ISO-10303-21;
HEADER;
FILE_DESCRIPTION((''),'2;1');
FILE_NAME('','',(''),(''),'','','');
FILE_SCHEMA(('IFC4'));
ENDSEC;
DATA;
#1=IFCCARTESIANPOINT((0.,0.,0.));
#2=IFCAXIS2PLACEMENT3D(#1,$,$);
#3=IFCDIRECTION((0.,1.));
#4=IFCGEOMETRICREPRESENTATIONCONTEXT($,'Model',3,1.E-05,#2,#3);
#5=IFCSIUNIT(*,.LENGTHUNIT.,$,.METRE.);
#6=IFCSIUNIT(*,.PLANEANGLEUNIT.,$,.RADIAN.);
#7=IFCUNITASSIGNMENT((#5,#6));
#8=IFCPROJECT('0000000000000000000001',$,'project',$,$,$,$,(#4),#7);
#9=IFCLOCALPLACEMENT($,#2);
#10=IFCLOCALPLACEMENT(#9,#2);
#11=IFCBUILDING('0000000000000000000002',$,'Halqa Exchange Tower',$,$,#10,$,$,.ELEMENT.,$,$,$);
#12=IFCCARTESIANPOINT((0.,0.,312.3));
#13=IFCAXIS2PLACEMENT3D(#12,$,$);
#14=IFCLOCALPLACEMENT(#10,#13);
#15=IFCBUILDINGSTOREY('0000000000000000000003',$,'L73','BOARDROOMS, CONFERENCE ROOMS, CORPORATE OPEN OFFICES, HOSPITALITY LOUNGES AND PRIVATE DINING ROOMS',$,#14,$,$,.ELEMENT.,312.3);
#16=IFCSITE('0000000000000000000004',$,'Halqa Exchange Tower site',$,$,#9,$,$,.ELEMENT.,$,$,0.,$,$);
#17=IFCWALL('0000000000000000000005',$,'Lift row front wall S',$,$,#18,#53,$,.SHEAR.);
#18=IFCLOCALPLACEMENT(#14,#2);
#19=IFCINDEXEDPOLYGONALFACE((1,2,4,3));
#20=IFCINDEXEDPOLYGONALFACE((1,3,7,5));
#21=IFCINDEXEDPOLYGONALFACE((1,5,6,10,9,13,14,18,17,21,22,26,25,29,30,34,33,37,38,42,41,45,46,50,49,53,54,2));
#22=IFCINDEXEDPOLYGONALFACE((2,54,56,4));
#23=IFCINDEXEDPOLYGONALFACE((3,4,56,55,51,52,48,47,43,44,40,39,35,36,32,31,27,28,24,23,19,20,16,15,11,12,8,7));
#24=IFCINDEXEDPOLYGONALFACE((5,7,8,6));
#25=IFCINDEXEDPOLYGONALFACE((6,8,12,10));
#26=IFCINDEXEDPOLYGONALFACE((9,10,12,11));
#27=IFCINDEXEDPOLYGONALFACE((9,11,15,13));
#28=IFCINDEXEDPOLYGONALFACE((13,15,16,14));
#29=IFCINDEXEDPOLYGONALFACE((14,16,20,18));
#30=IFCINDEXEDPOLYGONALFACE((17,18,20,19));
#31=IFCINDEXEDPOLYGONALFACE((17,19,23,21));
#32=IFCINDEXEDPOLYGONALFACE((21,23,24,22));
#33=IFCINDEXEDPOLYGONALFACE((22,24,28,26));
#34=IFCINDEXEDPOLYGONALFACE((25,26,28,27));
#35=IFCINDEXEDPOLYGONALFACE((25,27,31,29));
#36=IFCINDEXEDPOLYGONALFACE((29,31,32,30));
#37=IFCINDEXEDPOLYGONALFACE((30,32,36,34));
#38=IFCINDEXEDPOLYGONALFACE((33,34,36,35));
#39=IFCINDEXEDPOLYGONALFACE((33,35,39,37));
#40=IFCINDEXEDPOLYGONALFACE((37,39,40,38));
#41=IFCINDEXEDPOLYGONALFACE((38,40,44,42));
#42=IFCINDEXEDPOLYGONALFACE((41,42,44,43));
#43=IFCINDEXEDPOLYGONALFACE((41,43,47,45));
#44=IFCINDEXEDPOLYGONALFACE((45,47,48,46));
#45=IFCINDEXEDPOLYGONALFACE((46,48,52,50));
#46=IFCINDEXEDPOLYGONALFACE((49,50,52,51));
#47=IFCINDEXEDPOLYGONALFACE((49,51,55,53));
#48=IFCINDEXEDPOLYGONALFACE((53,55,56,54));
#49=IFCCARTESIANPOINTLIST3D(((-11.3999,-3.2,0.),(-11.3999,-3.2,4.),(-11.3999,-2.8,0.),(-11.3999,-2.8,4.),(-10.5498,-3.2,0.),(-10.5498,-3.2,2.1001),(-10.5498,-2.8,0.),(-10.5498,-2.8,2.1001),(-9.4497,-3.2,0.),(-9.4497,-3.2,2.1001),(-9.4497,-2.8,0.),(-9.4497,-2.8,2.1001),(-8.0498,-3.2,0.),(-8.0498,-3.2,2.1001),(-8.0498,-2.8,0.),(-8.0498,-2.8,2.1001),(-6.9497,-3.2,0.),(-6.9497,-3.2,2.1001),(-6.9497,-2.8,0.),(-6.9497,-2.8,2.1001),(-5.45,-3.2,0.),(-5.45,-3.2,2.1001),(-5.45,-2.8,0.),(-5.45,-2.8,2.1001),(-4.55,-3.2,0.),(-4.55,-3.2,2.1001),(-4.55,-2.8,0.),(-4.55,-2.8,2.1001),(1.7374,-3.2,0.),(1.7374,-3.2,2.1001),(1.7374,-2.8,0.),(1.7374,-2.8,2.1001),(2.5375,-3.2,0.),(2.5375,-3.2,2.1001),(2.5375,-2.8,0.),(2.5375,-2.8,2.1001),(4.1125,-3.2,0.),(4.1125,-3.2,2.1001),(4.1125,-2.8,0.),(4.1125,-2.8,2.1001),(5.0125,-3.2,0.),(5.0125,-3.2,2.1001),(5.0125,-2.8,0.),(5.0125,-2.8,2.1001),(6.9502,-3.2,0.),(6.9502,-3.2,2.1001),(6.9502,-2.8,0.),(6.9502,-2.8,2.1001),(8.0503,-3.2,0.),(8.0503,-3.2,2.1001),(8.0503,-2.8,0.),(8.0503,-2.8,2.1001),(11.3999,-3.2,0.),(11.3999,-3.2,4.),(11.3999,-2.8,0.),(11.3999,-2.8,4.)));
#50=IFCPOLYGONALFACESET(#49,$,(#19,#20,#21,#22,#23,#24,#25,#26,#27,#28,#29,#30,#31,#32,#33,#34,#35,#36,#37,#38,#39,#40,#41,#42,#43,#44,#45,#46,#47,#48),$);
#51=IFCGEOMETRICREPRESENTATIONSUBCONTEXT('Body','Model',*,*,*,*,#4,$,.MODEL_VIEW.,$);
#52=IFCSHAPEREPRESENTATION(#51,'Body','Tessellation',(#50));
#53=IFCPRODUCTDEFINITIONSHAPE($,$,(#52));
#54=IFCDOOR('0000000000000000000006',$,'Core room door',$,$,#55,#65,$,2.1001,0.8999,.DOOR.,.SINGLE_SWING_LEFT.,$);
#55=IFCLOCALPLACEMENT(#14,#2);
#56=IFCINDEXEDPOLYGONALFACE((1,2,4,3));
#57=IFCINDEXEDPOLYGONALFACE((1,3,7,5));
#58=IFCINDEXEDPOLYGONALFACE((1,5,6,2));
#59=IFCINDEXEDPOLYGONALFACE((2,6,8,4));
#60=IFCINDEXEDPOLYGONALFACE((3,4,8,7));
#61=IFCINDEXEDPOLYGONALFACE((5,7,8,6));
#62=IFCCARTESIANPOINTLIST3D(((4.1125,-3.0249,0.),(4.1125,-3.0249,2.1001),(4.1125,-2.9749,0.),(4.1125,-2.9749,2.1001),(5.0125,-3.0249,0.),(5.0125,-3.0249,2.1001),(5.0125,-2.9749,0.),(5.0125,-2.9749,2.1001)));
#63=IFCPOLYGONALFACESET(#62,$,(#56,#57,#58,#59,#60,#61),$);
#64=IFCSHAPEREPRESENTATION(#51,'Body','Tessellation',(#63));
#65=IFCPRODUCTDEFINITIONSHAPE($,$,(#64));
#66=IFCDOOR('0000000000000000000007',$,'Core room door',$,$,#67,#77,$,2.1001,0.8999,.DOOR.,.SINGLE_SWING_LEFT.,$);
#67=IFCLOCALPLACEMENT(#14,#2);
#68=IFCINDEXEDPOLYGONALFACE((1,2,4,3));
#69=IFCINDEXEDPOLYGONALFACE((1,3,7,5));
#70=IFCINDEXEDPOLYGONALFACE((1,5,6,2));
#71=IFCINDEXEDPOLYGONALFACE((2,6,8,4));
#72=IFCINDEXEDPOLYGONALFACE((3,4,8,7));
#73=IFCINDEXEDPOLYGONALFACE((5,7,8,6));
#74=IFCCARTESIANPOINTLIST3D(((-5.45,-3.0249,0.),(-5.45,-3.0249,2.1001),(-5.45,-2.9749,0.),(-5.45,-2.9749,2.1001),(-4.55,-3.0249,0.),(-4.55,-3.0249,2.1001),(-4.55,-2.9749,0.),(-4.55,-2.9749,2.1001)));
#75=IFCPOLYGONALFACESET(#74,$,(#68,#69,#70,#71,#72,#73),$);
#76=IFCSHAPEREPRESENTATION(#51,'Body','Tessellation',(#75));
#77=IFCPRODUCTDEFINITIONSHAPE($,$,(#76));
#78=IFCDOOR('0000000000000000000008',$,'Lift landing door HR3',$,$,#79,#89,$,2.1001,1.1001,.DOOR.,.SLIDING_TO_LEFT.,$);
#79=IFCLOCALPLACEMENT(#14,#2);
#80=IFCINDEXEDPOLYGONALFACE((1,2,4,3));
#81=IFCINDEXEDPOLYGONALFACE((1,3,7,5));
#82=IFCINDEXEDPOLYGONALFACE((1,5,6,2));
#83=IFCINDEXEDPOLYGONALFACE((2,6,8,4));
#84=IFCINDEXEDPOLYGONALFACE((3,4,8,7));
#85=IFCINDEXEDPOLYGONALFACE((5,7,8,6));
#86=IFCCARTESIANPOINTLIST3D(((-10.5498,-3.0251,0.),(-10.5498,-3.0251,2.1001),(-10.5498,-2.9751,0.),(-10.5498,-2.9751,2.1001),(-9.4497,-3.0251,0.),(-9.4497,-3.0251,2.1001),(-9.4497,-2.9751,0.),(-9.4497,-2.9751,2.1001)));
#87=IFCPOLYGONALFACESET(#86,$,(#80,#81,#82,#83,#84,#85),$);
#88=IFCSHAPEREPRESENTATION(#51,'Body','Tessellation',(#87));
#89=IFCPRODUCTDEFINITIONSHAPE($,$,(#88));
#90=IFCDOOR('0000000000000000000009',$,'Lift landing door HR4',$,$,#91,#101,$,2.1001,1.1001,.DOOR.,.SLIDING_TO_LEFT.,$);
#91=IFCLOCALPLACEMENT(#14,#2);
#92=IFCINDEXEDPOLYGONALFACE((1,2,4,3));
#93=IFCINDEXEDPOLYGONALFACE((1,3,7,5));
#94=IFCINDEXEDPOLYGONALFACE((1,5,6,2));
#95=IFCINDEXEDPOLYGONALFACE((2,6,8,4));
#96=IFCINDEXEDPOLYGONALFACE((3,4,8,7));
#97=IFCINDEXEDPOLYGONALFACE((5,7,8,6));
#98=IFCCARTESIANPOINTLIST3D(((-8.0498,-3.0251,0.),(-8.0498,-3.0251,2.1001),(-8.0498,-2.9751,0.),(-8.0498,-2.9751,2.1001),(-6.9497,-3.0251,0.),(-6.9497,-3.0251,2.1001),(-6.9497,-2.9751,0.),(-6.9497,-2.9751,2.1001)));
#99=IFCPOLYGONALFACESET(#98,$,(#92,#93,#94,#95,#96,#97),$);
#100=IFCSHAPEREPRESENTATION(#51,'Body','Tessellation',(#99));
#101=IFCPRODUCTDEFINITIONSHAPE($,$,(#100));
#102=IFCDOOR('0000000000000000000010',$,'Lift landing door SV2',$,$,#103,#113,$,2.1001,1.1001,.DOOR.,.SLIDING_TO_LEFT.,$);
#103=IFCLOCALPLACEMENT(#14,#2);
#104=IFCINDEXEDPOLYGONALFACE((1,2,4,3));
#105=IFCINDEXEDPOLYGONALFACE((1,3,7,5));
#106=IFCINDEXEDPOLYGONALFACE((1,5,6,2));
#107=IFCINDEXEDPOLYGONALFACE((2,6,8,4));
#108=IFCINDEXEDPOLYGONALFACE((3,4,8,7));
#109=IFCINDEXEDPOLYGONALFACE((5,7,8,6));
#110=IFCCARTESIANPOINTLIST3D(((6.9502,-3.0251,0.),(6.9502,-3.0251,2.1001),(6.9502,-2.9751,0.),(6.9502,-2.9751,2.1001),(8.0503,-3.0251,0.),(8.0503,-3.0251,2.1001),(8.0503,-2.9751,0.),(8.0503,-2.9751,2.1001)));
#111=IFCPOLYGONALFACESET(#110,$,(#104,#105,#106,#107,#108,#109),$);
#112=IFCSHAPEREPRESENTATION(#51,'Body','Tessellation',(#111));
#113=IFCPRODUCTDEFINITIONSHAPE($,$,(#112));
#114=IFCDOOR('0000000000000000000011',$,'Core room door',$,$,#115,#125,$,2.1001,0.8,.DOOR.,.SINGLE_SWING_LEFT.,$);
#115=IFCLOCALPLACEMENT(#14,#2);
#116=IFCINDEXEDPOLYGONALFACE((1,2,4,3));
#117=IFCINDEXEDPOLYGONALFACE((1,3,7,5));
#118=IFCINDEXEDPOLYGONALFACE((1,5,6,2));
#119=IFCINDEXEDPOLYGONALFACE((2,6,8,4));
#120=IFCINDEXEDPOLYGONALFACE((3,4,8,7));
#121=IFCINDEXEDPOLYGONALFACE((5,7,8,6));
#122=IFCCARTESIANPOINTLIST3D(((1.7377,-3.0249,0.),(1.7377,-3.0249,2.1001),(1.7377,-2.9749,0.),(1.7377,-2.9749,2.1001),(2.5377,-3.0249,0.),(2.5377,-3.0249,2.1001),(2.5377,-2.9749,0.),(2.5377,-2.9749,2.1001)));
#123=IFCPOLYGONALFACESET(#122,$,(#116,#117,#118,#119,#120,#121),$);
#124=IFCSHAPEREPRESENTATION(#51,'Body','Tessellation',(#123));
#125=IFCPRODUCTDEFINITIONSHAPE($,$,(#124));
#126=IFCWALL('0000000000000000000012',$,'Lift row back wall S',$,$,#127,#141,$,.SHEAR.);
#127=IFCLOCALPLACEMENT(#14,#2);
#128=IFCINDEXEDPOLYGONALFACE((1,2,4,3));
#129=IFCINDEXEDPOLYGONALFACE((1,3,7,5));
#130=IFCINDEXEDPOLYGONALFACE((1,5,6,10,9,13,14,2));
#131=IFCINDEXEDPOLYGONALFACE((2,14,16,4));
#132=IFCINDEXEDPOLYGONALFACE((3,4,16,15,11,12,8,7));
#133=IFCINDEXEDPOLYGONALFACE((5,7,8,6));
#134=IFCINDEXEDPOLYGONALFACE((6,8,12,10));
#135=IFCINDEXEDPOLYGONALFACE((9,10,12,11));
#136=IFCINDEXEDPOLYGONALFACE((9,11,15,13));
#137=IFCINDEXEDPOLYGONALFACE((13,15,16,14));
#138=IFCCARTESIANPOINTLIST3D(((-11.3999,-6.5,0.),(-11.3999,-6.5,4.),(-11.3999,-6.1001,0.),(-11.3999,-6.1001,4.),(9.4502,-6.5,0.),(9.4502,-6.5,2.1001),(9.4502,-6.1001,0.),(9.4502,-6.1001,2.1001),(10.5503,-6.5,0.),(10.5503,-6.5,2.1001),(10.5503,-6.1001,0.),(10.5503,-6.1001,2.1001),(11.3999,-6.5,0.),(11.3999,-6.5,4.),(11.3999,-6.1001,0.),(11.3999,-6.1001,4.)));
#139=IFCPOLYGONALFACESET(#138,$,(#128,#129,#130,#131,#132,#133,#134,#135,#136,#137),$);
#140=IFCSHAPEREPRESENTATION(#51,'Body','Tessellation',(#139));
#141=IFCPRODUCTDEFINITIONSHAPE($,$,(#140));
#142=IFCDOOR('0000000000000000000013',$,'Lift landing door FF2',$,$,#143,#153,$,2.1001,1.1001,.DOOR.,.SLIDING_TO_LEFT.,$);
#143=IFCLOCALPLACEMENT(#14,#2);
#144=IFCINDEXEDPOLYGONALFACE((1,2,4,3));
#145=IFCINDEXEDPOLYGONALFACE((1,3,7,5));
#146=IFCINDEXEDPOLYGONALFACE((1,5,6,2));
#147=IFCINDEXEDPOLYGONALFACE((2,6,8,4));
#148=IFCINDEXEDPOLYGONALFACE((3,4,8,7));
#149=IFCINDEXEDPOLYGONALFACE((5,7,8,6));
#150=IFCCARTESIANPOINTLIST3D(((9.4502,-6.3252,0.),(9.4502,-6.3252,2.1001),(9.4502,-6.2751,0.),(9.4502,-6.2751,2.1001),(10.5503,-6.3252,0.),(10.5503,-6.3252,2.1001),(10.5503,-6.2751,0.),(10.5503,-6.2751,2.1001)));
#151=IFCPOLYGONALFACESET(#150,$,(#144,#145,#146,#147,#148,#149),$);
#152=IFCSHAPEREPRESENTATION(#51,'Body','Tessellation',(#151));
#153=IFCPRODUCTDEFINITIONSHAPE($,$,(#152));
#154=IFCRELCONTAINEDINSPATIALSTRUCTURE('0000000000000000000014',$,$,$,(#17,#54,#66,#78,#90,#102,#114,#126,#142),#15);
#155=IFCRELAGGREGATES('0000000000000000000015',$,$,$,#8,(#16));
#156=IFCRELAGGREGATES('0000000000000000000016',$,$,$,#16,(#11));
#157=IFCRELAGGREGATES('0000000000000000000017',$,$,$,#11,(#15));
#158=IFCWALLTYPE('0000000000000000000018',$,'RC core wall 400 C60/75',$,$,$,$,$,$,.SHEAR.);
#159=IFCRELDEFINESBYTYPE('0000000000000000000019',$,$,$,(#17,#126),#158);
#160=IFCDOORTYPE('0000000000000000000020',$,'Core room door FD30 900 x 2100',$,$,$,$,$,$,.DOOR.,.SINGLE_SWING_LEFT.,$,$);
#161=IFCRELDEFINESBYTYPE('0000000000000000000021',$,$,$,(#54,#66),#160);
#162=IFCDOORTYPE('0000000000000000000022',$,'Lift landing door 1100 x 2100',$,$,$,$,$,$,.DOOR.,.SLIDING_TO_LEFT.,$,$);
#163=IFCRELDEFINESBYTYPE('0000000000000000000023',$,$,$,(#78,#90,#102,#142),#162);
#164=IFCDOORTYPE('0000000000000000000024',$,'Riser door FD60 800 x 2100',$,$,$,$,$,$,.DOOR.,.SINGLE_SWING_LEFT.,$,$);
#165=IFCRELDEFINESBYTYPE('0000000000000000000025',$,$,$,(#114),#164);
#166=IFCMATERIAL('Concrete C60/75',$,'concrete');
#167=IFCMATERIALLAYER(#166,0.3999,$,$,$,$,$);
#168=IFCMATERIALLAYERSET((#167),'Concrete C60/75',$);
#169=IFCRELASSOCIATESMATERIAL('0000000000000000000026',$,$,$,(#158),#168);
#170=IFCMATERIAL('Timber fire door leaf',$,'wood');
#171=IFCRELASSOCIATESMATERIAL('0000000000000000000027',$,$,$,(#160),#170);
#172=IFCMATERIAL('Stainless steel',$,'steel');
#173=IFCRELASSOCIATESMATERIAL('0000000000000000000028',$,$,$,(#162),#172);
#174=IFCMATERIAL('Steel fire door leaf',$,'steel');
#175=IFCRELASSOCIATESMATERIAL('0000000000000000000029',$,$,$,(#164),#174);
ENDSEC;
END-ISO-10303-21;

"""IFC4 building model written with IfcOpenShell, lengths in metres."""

from ifc_helpers import new_model, si_unit, direction, frame, frame_2d, origin, place, context, subcontext, project, spatial, rectangle, extrude, material, layer, layer_set, type_object, element, fill, save


model = new_model("IFC4")

# Units and contexts
model_context = context("Model", 3, precision=1e-05, world=origin(), true_north=direction((0.0, 1.0)))
body_context = subcontext(model_context, "Body", "Model", "MODEL_VIEW")
ifc_project = project(units=[si_unit("LENGTHUNIT", "METRE"), si_unit("PLANEANGLEUNIT", "RADIAN")], contexts=[model_context])

# Site, building, storey
site_placement = place(None, origin())
site = spatial("IfcSite", under=ifc_project, at=site_placement, Name="Halqa Exchange Tower site", CompositionType="ELEMENT", RefElevation=0.0)
building_placement = place(site_placement, origin())
building = spatial("IfcBuilding", under=site, at=building_placement, Name="Halqa Exchange Tower", CompositionType="ELEMENT")
storey_placement = place(building_placement, frame((0.0, 0.0, 312.3)))
storey = spatial("IfcBuildingStorey", under=building, at=storey_placement, Name="L73", Description="BOARDROOMS, CONFERENCE ROOMS, CORPORATE OPEN OFFICES, HOSPITALITY LOUNGES AND PRIVATE DINING ROOMS", CompositionType="ELEMENT", Elevation=312.3)

# Shared definitions
ifc_material_1 = material(Name="Concrete C60/75", Category="concrete")

# Wall, openings, doors
ifc_layer_1 = layer(ifc_material_1, 0.3999)
ifc_layer_set_1 = layer_set([ifc_layer_1], Name="Concrete C60/75")
wall_type_1 = type_object("IfcWallType", Name="RC core wall 400 C60/75", PredefinedType="SHEAR", material=ifc_layer_set_1)
wall_1_placement = place(storey_placement, frame((-11.3999, -3.0, 0.0), z_axis=(0.0, 0.0, 1.0), x_axis=(1.0, 0.0, 0.0)))
wall_1 = element("IfcWall", 1, at=wall_1_placement, inside=storey, type_object=wall_type_1, Name="Lift row front wall S", PredefinedType="SHEAR", context=body_context, shape_type="SweptSolid", body=[
    extrude(rectangle(XDim=22.7998, YDim=0.3999, at=frame_2d((11.3999, 0.0))), origin(), (0.0, 0.0, 1.0), 4.0),
])
opening_1_placement = place(wall_1_placement, frame((0.8501, 0.0, 0.0)))
opening_1 = element("IfcOpeningElement", 2, at=opening_1_placement, cuts=wall_1, PredefinedType="OPENING", context=body_context, shape_type="SweptSolid", body=[
    extrude(rectangle(XDim=1.1001, YDim=2.1001, at=frame_2d((0.55, 1.05))), frame((0.0, 0.2119, 0.0), z_axis=(0.0, -1.0, 0.0), x_axis=(1.0, 0.0, 0.0)), (0.0, 0.0, 1.0), 0.4238),
])
opening_2_placement = place(wall_1_placement, frame((3.3501, 0.0, 0.0)))
opening_2 = element("IfcOpeningElement", 3, at=opening_2_placement, cuts=wall_1, PredefinedType="OPENING", context=body_context, shape_type="SweptSolid", body=[
    extrude(rectangle(XDim=1.1001, YDim=2.1001, at=frame_2d((0.55, 1.05))), frame((0.0, 0.2119, 0.0), z_axis=(0.0, -1.0, 0.0), x_axis=(1.0, 0.0, 0.0)), (0.0, 0.0, 1.0), 0.4238),
])
opening_3_placement = place(wall_1_placement, frame((18.3501, 0.0, 0.0)))
opening_3 = element("IfcOpeningElement", 4, at=opening_3_placement, cuts=wall_1, PredefinedType="OPENING", context=body_context, shape_type="SweptSolid", body=[
    extrude(rectangle(XDim=1.1001, YDim=2.1001, at=frame_2d((0.55, 1.05))), frame((0.0, 0.2119, 0.0), z_axis=(0.0, -1.0, 0.0), x_axis=(1.0, 0.0, 0.0)), (0.0, 0.0, 1.0), 0.4238),
])
opening_4_placement = place(wall_1_placement, frame((13.1375, 0.0, 0.0)))
opening_4 = element("IfcOpeningElement", 5, at=opening_4_placement, cuts=wall_1, PredefinedType="OPENING", context=body_context, shape_type="SweptSolid", body=[
    extrude(rectangle(XDim=0.8, YDim=2.1001, at=frame_2d((0.3999, 1.05))), frame((0.0, 0.2119, 0.0), z_axis=(0.0, -1.0, 0.0), x_axis=(1.0, 0.0, 0.0)), (0.0, 0.0, 1.0), 0.4238),
])
opening_5_placement = place(wall_1_placement, frame((15.5125, 0.0, 0.0)))
opening_5 = element("IfcOpeningElement", 6, at=opening_5_placement, cuts=wall_1, PredefinedType="OPENING", context=body_context, shape_type="SweptSolid", body=[
    extrude(rectangle(XDim=0.8999, YDim=2.1001, at=frame_2d((0.45, 1.05))), frame((0.0, 0.2119, 0.0), z_axis=(0.0, -1.0, 0.0), x_axis=(1.0, 0.0, 0.0)), (0.0, 0.0, 1.0), 0.4238),
])
opening_6_placement = place(wall_1_placement, frame((5.95, 0.0, 0.0)))
opening_6 = element("IfcOpeningElement", 7, at=opening_6_placement, cuts=wall_1, PredefinedType="OPENING", context=body_context, shape_type="SweptSolid", body=[
    extrude(rectangle(XDim=0.8999, YDim=2.1001, at=frame_2d((0.45, 1.05))), frame((0.0, 0.2119, 0.0), z_axis=(0.0, -1.0, 0.0), x_axis=(1.0, 0.0, 0.0)), (0.0, 0.0, 1.0), 0.4238),
])
ifc_material_2 = material(Name="Timber fire door leaf", Category="wood")
door_type_1 = type_object("IfcDoorType", Name="Core room door FD30 900 x 2100", OperationType="SINGLE_SWING_LEFT", PredefinedType="DOOR", material=ifc_material_2)
door_1_placement = place(opening_5_placement, frame((0.8999, 0.0, 0.0), z_axis=(0.0, 0.0, 1.0), x_axis=(-1.0, 0.0, 0.0)))
door_1 = element("IfcDoor", 8, at=door_1_placement, inside=storey, type_object=door_type_1, Name="Core room door", OperationType="SINGLE_SWING_LEFT", OverallHeight=2.1001, OverallWidth=0.8999, PredefinedType="DOOR", context=body_context, shape_type="SweptSolid", body=[
    extrude(rectangle(XDim=0.8999, YDim=2.1001, at=frame_2d((0.45, 1.05))), frame((0.0, 0.0249, 0.0), z_axis=(0.0, -1.0, 0.0), x_axis=(1.0, 0.0, 0.0)), (0.0, 0.0, 1.0), 0.05),
])
fill(opening_5, door_1)
door_2_placement = place(opening_6_placement, frame((0.8999, 0.0, 0.0), z_axis=(0.0, 0.0, 1.0), x_axis=(-1.0, 0.0, 0.0)))
door_2 = element("IfcDoor", 9, at=door_2_placement, inside=storey, type_object=door_type_1, Name="Core room door", OperationType="SINGLE_SWING_LEFT", OverallHeight=2.1001, OverallWidth=0.8999, PredefinedType="DOOR", context=body_context, shape_type="SweptSolid", body=[
    extrude(rectangle(XDim=0.8999, YDim=2.1001, at=frame_2d((0.45, 1.05))), frame((0.0, 0.0249, 0.0), z_axis=(0.0, -1.0, 0.0), x_axis=(1.0, 0.0, 0.0)), (0.0, 0.0, 1.0), 0.05),
])
fill(opening_6, door_2)
ifc_material_3 = material(Name="Stainless steel", Category="steel")
door_type_2 = type_object("IfcDoorType", Name="Lift landing door 1100 x 2100", OperationType="SLIDING_TO_LEFT", PredefinedType="DOOR", material=ifc_material_3)
door_3_placement = place(opening_1_placement, origin())
door_3 = element("IfcDoor", 10, at=door_3_placement, inside=storey, type_object=door_type_2, Name="Lift landing door HR3", OperationType="SLIDING_TO_LEFT", OverallHeight=2.1001, OverallWidth=1.1001, PredefinedType="DOOR", context=body_context, shape_type="SweptSolid", body=[
    extrude(rectangle(XDim=1.1001, YDim=2.1001, at=frame_2d((0.55, 1.05))), frame((0.0, 0.0249, 0.0), z_axis=(0.0, -1.0, 0.0), x_axis=(1.0, 0.0, 0.0)), (0.0, 0.0, 1.0), 0.05),
])
fill(opening_1, door_3)
door_4_placement = place(opening_2_placement, origin())
door_4 = element("IfcDoor", 11, at=door_4_placement, inside=storey, type_object=door_type_2, Name="Lift landing door HR4", OperationType="SLIDING_TO_LEFT", OverallHeight=2.1001, OverallWidth=1.1001, PredefinedType="DOOR", context=body_context, shape_type="SweptSolid", body=[
    extrude(rectangle(XDim=1.1001, YDim=2.1001, at=frame_2d((0.55, 1.05))), frame((0.0, 0.0249, 0.0), z_axis=(0.0, -1.0, 0.0), x_axis=(1.0, 0.0, 0.0)), (0.0, 0.0, 1.0), 0.05),
])
fill(opening_2, door_4)
door_5_placement = place(opening_3_placement, origin())
door_5 = element("IfcDoor", 12, at=door_5_placement, inside=storey, type_object=door_type_2, Name="Lift landing door SV2", OperationType="SLIDING_TO_LEFT", OverallHeight=2.1001, OverallWidth=1.1001, PredefinedType="DOOR", context=body_context, shape_type="SweptSolid", body=[
    extrude(rectangle(XDim=1.1001, YDim=2.1001, at=frame_2d((0.55, 1.05))), frame((0.0, 0.0249, 0.0), z_axis=(0.0, -1.0, 0.0), x_axis=(1.0, 0.0, 0.0)), (0.0, 0.0, 1.0), 0.05),
])
fill(opening_3, door_5)
ifc_material_4 = material(Name="Steel fire door leaf", Category="steel")
door_type_3 = type_object("IfcDoorType", Name="Riser door FD60 800 x 2100", OperationType="SINGLE_SWING_LEFT", PredefinedType="DOOR", material=ifc_material_4)
door_6_placement = place(opening_4_placement, frame((0.8, 0.0, 0.0), z_axis=(0.0, 0.0, 1.0), x_axis=(-1.0, 0.0, 0.0)))
door_6 = element("IfcDoor", 13, at=door_6_placement, inside=storey, type_object=door_type_3, Name="Core room door", OperationType="SINGLE_SWING_LEFT", OverallHeight=2.1001, OverallWidth=0.8, PredefinedType="DOOR", context=body_context, shape_type="SweptSolid", body=[
    extrude(rectangle(XDim=0.8, YDim=2.1001, at=frame_2d((0.3999, 1.05))), frame((0.0, 0.0249, 0.0), z_axis=(0.0, -1.0, 0.0), x_axis=(1.0, 0.0, 0.0)), (0.0, 0.0, 1.0), 0.05),
])
fill(opening_4, door_6)

# Wall, opening, door
wall_2_placement = place(storey_placement, frame((-11.3999, -6.3, 0.0), z_axis=(0.0, 0.0, 1.0), x_axis=(1.0, 0.0, 0.0)))
wall_2 = element("IfcWall", 14, at=wall_2_placement, inside=storey, type_object=wall_type_1, Name="Lift row back wall S", PredefinedType="SHEAR", context=body_context, shape_type="SweptSolid", body=[
    extrude(rectangle(XDim=22.7998, YDim=0.3999, at=frame_2d((11.3999, 0.0))), origin(), (0.0, 0.0, 1.0), 4.0),
])
opening_7_placement = place(wall_2_placement, frame((20.8501, 0.0, 0.0)))
opening_7 = element("IfcOpeningElement", 15, at=opening_7_placement, cuts=wall_2, PredefinedType="OPENING", context=body_context, shape_type="SweptSolid", body=[
    extrude(rectangle(XDim=1.1001, YDim=2.1001, at=frame_2d((0.55, 1.05))), frame((0.0, 0.2119, 0.0), z_axis=(0.0, -1.0, 0.0), x_axis=(1.0, 0.0, 0.0)), (0.0, 0.0, 1.0), 0.4238),
])
door_7_placement = place(opening_7_placement, origin())
door_7 = element("IfcDoor", 16, at=door_7_placement, inside=storey, type_object=door_type_2, Name="Lift landing door FF2", OperationType="SLIDING_TO_LEFT", OverallHeight=2.1001, OverallWidth=1.1001, PredefinedType="DOOR", context=body_context, shape_type="SweptSolid", body=[
    extrude(rectangle(XDim=1.1001, YDim=2.1001, at=frame_2d((0.55, 1.05))), frame((0.0, 0.0249, 0.0), z_axis=(0.0, -1.0, 0.0), x_axis=(1.0, 0.0, 0.0)), (0.0, 0.0, 1.0), 0.05),
])
fill(opening_7, door_7)

save(model, "model.ifc")
